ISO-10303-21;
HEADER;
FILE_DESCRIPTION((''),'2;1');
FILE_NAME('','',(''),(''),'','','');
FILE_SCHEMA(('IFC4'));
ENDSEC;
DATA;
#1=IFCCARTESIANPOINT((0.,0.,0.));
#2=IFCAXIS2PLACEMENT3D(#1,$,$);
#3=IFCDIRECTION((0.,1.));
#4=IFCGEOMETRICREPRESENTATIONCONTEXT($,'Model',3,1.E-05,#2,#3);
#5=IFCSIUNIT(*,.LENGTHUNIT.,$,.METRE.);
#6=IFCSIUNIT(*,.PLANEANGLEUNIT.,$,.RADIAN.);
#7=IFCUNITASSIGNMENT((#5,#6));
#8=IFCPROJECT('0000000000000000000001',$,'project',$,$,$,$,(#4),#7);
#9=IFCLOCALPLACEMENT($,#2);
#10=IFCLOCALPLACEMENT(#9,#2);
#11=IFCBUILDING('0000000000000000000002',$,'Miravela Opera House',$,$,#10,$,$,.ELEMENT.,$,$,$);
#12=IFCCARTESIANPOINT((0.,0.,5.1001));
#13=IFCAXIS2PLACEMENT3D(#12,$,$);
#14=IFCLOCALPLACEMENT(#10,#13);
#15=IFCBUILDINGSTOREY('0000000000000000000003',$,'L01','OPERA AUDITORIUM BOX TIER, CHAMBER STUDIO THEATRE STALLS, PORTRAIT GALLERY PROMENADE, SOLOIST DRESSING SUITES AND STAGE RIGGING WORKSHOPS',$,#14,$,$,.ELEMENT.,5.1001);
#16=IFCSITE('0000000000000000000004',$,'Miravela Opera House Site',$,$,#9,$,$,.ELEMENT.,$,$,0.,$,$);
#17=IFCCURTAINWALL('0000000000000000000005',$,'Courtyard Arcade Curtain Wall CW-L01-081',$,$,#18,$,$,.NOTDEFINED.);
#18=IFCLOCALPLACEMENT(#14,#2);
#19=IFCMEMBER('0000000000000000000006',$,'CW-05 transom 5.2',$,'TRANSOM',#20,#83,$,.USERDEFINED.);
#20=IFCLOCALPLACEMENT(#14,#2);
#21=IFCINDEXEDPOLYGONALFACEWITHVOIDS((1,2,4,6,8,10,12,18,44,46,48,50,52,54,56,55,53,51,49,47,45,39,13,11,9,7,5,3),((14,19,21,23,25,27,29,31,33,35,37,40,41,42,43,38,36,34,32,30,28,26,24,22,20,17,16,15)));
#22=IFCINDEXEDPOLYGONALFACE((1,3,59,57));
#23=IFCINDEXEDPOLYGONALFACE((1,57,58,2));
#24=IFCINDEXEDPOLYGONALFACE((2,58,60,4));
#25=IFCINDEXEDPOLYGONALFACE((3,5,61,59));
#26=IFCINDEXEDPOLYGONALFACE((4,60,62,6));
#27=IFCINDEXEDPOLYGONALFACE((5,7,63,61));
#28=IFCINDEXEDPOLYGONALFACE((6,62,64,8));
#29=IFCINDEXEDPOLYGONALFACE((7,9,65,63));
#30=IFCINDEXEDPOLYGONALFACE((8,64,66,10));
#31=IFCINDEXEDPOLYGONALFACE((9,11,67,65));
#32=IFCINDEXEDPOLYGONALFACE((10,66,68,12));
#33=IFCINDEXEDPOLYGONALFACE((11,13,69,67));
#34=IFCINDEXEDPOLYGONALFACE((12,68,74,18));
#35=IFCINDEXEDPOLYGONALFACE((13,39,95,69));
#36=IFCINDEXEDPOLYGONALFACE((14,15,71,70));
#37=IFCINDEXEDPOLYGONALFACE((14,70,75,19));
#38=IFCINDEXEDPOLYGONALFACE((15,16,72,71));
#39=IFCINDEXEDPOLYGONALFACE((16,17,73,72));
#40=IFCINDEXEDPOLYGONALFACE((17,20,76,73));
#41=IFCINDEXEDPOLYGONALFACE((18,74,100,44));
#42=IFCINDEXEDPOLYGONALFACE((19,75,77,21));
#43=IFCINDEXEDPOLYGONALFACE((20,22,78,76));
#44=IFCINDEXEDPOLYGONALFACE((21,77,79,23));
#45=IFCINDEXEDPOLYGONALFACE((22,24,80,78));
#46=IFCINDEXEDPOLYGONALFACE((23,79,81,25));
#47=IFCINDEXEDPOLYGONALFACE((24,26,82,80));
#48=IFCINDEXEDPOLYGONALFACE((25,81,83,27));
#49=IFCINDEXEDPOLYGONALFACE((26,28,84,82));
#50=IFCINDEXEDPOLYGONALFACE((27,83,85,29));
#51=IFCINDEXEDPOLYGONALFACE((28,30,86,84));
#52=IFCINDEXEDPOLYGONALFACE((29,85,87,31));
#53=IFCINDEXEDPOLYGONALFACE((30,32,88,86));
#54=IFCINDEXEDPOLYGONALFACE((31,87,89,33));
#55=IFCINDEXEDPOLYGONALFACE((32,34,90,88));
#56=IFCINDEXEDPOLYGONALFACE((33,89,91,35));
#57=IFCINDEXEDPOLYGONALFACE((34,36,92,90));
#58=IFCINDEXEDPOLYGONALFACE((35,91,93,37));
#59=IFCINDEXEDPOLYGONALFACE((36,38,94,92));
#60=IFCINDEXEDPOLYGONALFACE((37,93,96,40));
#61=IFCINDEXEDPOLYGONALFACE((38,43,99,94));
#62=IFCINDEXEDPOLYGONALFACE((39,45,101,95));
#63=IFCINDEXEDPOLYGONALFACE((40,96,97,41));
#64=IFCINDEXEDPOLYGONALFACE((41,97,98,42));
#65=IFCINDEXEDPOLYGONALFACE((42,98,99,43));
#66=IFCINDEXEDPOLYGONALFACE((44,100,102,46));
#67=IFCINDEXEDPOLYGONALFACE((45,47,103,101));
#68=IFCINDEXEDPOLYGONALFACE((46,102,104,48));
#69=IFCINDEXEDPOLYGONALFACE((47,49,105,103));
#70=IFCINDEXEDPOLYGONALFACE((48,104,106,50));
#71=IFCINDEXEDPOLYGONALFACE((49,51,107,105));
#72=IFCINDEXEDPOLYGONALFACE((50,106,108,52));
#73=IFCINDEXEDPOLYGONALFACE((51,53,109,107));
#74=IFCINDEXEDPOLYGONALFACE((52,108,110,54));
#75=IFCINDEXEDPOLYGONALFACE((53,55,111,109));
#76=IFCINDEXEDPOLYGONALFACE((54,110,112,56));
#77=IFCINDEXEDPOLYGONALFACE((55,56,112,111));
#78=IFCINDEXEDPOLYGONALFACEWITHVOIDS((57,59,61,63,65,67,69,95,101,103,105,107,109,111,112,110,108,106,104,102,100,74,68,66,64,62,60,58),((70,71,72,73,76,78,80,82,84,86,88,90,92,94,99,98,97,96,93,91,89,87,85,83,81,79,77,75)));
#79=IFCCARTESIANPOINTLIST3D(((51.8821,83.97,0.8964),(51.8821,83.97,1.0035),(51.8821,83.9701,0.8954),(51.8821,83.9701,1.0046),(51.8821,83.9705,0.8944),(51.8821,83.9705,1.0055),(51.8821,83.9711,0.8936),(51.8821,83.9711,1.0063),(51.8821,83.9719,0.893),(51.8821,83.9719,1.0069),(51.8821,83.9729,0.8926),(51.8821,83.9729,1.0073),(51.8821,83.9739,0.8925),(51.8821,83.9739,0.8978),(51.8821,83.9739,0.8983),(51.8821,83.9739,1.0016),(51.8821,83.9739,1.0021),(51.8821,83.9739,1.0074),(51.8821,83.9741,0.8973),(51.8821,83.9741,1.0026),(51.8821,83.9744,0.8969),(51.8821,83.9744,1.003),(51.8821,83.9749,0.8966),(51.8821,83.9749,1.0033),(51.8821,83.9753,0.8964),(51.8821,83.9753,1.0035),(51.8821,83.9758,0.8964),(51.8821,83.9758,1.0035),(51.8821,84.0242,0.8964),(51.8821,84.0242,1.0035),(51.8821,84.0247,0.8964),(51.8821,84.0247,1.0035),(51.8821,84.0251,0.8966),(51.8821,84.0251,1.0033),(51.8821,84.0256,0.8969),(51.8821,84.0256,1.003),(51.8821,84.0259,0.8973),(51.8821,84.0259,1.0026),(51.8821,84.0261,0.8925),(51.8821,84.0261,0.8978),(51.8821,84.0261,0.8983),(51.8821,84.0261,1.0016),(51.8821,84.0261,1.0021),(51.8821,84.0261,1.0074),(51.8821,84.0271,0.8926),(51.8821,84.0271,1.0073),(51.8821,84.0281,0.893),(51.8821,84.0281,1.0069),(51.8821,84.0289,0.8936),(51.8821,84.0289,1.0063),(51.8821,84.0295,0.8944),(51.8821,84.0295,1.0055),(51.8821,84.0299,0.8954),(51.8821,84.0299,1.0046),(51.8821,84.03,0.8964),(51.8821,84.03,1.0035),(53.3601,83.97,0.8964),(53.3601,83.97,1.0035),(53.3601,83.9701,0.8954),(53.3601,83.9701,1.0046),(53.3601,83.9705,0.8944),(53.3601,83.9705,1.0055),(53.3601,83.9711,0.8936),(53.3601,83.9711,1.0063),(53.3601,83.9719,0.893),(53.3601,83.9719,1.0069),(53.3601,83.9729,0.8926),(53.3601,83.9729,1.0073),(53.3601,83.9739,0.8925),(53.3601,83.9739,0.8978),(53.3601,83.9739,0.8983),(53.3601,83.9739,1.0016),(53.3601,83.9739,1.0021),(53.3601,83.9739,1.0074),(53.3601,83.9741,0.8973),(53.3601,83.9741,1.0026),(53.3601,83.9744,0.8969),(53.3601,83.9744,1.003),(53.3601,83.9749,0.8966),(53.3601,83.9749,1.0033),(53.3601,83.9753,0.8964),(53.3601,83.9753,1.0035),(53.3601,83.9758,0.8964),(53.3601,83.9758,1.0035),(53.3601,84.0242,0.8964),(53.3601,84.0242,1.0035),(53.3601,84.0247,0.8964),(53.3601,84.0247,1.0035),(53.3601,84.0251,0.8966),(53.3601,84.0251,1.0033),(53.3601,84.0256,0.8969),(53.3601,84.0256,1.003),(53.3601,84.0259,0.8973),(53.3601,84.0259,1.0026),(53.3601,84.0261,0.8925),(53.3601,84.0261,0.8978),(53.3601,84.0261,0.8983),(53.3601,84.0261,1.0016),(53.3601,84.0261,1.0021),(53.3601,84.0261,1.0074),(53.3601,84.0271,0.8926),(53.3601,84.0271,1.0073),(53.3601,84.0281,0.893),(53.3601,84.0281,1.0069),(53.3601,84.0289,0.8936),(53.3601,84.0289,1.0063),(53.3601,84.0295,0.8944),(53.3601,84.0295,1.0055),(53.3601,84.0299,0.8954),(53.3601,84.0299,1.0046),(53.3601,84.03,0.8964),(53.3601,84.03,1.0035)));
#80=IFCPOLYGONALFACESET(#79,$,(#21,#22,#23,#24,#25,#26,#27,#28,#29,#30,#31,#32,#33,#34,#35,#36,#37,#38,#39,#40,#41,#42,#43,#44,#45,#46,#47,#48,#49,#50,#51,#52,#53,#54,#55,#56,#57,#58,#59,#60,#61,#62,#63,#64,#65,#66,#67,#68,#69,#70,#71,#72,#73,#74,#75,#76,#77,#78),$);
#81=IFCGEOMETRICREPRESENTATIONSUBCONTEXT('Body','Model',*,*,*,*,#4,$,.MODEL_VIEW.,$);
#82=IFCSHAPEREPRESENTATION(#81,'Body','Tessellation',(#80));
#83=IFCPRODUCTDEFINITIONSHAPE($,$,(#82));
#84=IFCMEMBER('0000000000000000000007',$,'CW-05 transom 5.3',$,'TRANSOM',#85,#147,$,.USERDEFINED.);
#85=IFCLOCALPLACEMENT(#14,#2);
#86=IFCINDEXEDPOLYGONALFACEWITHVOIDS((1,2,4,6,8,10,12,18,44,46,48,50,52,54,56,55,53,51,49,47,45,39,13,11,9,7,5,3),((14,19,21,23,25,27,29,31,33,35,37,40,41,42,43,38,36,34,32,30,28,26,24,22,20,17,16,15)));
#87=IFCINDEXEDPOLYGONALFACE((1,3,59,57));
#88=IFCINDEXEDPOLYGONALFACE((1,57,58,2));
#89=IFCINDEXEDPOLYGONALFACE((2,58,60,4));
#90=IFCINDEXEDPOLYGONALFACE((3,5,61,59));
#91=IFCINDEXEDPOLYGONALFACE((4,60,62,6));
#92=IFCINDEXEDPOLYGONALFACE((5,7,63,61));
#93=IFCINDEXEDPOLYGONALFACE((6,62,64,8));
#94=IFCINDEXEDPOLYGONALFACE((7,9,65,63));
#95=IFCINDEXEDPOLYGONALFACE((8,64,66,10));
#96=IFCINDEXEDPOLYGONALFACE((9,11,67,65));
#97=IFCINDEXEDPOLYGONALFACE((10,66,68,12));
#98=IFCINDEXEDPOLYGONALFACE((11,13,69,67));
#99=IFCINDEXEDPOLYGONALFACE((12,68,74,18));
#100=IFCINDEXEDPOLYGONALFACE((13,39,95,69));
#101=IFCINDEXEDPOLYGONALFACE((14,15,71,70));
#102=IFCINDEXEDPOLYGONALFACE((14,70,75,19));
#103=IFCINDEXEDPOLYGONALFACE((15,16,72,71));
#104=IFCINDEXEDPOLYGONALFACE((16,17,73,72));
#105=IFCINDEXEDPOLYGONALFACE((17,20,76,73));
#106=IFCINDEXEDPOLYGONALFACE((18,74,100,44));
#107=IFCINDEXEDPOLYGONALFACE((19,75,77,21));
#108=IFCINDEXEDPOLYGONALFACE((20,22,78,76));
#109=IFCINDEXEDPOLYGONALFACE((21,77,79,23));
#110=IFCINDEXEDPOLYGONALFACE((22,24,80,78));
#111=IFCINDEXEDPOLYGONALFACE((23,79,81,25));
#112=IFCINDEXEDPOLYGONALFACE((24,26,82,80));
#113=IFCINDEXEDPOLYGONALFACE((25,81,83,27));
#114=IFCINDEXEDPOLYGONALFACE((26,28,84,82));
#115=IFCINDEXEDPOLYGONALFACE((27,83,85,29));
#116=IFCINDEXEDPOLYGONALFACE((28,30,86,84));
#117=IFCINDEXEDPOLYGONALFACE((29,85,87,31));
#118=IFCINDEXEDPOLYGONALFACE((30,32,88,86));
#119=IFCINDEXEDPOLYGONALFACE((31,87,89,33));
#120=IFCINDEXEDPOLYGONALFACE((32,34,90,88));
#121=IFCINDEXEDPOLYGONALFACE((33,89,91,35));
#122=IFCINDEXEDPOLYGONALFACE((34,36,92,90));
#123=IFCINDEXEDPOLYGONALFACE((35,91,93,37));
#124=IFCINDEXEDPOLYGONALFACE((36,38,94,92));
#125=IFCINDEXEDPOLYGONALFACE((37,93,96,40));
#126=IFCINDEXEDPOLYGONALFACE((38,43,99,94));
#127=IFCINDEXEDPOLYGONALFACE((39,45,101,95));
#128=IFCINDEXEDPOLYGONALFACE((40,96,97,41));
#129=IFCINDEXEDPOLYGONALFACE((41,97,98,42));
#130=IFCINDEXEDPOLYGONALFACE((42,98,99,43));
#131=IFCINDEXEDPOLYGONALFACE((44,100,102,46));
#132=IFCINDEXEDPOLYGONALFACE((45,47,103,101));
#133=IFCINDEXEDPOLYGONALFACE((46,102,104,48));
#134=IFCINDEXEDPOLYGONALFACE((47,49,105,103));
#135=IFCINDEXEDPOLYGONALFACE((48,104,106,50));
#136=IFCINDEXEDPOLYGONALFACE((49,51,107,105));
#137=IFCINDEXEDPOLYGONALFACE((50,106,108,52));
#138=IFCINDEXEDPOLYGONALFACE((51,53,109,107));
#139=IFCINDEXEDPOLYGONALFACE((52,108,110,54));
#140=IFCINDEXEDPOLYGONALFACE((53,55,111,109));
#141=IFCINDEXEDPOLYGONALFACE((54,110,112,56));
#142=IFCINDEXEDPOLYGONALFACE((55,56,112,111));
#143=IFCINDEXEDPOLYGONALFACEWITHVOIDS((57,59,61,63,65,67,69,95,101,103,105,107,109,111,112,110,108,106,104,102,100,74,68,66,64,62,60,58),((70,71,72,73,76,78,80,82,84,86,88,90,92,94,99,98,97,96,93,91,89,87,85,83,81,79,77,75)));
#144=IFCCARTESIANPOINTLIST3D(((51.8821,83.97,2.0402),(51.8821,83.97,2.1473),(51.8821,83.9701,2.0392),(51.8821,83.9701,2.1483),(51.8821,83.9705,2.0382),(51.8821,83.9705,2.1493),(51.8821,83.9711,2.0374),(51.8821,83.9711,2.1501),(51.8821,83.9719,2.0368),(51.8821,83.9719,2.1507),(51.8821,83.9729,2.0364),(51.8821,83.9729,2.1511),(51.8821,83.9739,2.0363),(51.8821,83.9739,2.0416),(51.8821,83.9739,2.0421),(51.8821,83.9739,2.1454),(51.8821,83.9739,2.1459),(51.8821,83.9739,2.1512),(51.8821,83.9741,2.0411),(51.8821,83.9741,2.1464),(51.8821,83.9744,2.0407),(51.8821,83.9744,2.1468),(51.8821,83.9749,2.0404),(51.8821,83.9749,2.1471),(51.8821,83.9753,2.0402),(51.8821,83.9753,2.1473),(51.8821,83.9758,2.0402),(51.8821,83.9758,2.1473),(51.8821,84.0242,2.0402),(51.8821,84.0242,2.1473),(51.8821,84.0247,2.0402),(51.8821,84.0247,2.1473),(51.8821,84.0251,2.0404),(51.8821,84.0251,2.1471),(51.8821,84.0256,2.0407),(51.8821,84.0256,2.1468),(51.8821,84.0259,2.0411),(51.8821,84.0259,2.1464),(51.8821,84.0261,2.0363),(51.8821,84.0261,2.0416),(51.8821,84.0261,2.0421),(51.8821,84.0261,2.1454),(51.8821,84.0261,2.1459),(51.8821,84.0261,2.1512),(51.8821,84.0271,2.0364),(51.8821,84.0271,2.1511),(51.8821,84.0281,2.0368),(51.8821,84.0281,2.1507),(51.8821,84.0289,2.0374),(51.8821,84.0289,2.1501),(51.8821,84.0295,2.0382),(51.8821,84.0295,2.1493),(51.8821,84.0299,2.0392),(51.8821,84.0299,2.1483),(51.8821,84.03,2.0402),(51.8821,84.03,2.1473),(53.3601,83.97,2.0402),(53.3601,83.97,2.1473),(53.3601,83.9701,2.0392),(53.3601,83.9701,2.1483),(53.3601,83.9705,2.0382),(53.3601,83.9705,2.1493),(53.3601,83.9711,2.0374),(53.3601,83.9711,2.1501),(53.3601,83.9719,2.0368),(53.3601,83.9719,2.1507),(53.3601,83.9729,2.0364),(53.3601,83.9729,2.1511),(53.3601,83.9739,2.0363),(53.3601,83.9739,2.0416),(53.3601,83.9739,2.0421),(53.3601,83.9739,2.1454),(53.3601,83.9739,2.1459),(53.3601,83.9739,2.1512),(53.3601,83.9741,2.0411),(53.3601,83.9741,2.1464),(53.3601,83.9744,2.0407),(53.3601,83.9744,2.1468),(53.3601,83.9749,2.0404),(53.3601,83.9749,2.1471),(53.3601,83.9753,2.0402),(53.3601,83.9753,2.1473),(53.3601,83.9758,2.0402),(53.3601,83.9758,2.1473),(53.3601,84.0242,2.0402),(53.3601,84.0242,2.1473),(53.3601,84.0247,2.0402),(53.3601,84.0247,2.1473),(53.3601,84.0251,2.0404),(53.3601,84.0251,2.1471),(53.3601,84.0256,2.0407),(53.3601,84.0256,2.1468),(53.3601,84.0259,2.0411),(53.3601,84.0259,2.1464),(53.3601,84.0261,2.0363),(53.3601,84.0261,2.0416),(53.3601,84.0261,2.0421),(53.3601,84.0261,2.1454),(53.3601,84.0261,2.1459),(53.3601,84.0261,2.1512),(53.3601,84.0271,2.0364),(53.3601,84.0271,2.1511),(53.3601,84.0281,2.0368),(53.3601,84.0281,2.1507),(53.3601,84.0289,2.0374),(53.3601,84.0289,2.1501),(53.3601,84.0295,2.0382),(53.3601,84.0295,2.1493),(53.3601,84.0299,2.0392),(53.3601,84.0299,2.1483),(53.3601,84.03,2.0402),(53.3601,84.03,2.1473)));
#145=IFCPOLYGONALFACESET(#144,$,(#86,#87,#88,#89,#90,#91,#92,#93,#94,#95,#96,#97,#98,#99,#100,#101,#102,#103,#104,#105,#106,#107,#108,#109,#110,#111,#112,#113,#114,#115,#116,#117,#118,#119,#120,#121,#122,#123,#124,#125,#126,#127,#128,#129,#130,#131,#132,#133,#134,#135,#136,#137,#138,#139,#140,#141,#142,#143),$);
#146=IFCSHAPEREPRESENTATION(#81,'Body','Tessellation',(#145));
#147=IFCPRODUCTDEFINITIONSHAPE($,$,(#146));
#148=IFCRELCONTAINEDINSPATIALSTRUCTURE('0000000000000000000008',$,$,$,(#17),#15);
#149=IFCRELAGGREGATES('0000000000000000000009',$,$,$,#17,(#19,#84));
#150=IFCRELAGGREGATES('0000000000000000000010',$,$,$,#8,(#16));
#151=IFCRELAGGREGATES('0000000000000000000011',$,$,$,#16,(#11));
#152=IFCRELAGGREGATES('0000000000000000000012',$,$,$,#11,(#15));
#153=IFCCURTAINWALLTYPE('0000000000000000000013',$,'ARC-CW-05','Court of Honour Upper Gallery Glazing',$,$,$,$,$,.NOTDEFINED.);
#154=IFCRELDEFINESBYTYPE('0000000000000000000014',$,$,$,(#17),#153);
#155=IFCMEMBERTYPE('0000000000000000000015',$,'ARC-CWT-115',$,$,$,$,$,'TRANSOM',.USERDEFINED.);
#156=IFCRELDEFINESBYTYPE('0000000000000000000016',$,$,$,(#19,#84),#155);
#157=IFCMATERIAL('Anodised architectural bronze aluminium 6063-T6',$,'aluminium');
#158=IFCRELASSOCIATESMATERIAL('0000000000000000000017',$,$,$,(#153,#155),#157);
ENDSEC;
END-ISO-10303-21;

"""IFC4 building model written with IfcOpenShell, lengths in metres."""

from ifc_helpers import new_model, si_unit, direction, frame, origin, origin_2d, place, context, subcontext, project, spatial, hollow_rectangle, extrude, material, material_profile, profile_set, type_object, element, aggregate, save


model = new_model("IFC4")

# Units and contexts
model_context = context("Model", 3, precision=1e-05, world=origin(), true_north=direction((0.0, 1.0)))
body_context = subcontext(model_context, "Body", "Model", "MODEL_VIEW")
ifc_project = project(units=[si_unit("LENGTHUNIT", "METRE"), si_unit("PLANEANGLEUNIT", "RADIAN")], contexts=[model_context])

# Site, building, storey
site_placement = place(None, origin())
site = spatial("IfcSite", under=ifc_project, at=site_placement, Name="Miravela Opera House Site", CompositionType="ELEMENT", RefElevation=0.0)
building_placement = place(site_placement, origin())
building = spatial("IfcBuilding", under=site, at=building_placement, Name="Miravela Opera House", CompositionType="ELEMENT")
storey_placement = place(building_placement, frame((0.0, 0.0, 5.1001)))
storey = spatial("IfcBuildingStorey", under=building, at=storey_placement, Name="L01", Description="OPERA AUDITORIUM BOX TIER, CHAMBER STUDIO THEATRE STALLS, PORTRAIT GALLERY PROMENADE, SOLOIST DRESSING SUITES AND STAGE RIGGING WORKSHOPS", CompositionType="ELEMENT", Elevation=5.1001)

# Curtain wall, members
ifc_material_1 = material(Name="Anodised architectural bronze aluminium 6063-T6", Category="aluminium")
curtain_wall_type = type_object("IfcCurtainWallType", Name="ARC-CW-05", Description="Court of Honour Upper Gallery Glazing", PredefinedType="NOTDEFINED", material=ifc_material_1)
curtain_wall_placement = place(storey_placement, origin())
curtain_wall = element("IfcCurtainWall", 1, at=curtain_wall_placement, inside=storey, type_object=curtain_wall_type, Name="Courtyard Arcade Curtain Wall CW-L01-081", PredefinedType="NOTDEFINED")
ifc_material_profile_1 = material_profile(ifc_material_1, hollow_rectangle(XDim=0.0601, YDim=0.115, WallThickness=0.0039, InnerFilletRadius=0.002, OuterFilletRadius=0.0039, at=origin_2d()), Name="CWT-60X115")
ifc_profile_set_1 = profile_set([ifc_material_profile_1])
member_type_1 = type_object("IfcMemberType", Name="ARC-CWT-115", ElementType="TRANSOM", PredefinedType="USERDEFINED", material=ifc_profile_set_1)
member_1_placement = place(storey_placement, frame((51.8821, 84.0, 0.95), z_axis=(1.0, 0.0, 0.0), x_axis=(0.0, 1.0, 0.0)))
member_1 = element("IfcMember", 2, at=member_1_placement, type_object=member_type_1, Name="CW-05 transom 5.2", ObjectType="TRANSOM", PredefinedType="USERDEFINED", context=body_context, shape_type="SweptSolid", body=[
    extrude(hollow_rectangle(XDim=0.0601, YDim=0.115, WallThickness=0.0039, InnerFilletRadius=0.002, OuterFilletRadius=0.0039, at=origin_2d()), origin(), (0.0, 0.0, 1.0), 1.478),
])
member_2_placement = place(storey_placement, frame((51.8821, 84.0, 2.0938), z_axis=(1.0, 0.0, 0.0), x_axis=(0.0, 1.0, 0.0)))
member_2 = element("IfcMember", 3, at=member_2_placement, type_object=member_type_1, Name="CW-05 transom 5.3", ObjectType="TRANSOM", PredefinedType="USERDEFINED", context=body_context, shape_type="SweptSolid", body=[
    extrude(hollow_rectangle(XDim=0.0601, YDim=0.115, WallThickness=0.0039, InnerFilletRadius=0.002, OuterFilletRadius=0.0039, at=origin_2d()), origin(), (0.0, 0.0, 1.0), 1.478),
])

aggregate(curtain_wall, [member_1, member_2])

save(model, "model.ifc")
